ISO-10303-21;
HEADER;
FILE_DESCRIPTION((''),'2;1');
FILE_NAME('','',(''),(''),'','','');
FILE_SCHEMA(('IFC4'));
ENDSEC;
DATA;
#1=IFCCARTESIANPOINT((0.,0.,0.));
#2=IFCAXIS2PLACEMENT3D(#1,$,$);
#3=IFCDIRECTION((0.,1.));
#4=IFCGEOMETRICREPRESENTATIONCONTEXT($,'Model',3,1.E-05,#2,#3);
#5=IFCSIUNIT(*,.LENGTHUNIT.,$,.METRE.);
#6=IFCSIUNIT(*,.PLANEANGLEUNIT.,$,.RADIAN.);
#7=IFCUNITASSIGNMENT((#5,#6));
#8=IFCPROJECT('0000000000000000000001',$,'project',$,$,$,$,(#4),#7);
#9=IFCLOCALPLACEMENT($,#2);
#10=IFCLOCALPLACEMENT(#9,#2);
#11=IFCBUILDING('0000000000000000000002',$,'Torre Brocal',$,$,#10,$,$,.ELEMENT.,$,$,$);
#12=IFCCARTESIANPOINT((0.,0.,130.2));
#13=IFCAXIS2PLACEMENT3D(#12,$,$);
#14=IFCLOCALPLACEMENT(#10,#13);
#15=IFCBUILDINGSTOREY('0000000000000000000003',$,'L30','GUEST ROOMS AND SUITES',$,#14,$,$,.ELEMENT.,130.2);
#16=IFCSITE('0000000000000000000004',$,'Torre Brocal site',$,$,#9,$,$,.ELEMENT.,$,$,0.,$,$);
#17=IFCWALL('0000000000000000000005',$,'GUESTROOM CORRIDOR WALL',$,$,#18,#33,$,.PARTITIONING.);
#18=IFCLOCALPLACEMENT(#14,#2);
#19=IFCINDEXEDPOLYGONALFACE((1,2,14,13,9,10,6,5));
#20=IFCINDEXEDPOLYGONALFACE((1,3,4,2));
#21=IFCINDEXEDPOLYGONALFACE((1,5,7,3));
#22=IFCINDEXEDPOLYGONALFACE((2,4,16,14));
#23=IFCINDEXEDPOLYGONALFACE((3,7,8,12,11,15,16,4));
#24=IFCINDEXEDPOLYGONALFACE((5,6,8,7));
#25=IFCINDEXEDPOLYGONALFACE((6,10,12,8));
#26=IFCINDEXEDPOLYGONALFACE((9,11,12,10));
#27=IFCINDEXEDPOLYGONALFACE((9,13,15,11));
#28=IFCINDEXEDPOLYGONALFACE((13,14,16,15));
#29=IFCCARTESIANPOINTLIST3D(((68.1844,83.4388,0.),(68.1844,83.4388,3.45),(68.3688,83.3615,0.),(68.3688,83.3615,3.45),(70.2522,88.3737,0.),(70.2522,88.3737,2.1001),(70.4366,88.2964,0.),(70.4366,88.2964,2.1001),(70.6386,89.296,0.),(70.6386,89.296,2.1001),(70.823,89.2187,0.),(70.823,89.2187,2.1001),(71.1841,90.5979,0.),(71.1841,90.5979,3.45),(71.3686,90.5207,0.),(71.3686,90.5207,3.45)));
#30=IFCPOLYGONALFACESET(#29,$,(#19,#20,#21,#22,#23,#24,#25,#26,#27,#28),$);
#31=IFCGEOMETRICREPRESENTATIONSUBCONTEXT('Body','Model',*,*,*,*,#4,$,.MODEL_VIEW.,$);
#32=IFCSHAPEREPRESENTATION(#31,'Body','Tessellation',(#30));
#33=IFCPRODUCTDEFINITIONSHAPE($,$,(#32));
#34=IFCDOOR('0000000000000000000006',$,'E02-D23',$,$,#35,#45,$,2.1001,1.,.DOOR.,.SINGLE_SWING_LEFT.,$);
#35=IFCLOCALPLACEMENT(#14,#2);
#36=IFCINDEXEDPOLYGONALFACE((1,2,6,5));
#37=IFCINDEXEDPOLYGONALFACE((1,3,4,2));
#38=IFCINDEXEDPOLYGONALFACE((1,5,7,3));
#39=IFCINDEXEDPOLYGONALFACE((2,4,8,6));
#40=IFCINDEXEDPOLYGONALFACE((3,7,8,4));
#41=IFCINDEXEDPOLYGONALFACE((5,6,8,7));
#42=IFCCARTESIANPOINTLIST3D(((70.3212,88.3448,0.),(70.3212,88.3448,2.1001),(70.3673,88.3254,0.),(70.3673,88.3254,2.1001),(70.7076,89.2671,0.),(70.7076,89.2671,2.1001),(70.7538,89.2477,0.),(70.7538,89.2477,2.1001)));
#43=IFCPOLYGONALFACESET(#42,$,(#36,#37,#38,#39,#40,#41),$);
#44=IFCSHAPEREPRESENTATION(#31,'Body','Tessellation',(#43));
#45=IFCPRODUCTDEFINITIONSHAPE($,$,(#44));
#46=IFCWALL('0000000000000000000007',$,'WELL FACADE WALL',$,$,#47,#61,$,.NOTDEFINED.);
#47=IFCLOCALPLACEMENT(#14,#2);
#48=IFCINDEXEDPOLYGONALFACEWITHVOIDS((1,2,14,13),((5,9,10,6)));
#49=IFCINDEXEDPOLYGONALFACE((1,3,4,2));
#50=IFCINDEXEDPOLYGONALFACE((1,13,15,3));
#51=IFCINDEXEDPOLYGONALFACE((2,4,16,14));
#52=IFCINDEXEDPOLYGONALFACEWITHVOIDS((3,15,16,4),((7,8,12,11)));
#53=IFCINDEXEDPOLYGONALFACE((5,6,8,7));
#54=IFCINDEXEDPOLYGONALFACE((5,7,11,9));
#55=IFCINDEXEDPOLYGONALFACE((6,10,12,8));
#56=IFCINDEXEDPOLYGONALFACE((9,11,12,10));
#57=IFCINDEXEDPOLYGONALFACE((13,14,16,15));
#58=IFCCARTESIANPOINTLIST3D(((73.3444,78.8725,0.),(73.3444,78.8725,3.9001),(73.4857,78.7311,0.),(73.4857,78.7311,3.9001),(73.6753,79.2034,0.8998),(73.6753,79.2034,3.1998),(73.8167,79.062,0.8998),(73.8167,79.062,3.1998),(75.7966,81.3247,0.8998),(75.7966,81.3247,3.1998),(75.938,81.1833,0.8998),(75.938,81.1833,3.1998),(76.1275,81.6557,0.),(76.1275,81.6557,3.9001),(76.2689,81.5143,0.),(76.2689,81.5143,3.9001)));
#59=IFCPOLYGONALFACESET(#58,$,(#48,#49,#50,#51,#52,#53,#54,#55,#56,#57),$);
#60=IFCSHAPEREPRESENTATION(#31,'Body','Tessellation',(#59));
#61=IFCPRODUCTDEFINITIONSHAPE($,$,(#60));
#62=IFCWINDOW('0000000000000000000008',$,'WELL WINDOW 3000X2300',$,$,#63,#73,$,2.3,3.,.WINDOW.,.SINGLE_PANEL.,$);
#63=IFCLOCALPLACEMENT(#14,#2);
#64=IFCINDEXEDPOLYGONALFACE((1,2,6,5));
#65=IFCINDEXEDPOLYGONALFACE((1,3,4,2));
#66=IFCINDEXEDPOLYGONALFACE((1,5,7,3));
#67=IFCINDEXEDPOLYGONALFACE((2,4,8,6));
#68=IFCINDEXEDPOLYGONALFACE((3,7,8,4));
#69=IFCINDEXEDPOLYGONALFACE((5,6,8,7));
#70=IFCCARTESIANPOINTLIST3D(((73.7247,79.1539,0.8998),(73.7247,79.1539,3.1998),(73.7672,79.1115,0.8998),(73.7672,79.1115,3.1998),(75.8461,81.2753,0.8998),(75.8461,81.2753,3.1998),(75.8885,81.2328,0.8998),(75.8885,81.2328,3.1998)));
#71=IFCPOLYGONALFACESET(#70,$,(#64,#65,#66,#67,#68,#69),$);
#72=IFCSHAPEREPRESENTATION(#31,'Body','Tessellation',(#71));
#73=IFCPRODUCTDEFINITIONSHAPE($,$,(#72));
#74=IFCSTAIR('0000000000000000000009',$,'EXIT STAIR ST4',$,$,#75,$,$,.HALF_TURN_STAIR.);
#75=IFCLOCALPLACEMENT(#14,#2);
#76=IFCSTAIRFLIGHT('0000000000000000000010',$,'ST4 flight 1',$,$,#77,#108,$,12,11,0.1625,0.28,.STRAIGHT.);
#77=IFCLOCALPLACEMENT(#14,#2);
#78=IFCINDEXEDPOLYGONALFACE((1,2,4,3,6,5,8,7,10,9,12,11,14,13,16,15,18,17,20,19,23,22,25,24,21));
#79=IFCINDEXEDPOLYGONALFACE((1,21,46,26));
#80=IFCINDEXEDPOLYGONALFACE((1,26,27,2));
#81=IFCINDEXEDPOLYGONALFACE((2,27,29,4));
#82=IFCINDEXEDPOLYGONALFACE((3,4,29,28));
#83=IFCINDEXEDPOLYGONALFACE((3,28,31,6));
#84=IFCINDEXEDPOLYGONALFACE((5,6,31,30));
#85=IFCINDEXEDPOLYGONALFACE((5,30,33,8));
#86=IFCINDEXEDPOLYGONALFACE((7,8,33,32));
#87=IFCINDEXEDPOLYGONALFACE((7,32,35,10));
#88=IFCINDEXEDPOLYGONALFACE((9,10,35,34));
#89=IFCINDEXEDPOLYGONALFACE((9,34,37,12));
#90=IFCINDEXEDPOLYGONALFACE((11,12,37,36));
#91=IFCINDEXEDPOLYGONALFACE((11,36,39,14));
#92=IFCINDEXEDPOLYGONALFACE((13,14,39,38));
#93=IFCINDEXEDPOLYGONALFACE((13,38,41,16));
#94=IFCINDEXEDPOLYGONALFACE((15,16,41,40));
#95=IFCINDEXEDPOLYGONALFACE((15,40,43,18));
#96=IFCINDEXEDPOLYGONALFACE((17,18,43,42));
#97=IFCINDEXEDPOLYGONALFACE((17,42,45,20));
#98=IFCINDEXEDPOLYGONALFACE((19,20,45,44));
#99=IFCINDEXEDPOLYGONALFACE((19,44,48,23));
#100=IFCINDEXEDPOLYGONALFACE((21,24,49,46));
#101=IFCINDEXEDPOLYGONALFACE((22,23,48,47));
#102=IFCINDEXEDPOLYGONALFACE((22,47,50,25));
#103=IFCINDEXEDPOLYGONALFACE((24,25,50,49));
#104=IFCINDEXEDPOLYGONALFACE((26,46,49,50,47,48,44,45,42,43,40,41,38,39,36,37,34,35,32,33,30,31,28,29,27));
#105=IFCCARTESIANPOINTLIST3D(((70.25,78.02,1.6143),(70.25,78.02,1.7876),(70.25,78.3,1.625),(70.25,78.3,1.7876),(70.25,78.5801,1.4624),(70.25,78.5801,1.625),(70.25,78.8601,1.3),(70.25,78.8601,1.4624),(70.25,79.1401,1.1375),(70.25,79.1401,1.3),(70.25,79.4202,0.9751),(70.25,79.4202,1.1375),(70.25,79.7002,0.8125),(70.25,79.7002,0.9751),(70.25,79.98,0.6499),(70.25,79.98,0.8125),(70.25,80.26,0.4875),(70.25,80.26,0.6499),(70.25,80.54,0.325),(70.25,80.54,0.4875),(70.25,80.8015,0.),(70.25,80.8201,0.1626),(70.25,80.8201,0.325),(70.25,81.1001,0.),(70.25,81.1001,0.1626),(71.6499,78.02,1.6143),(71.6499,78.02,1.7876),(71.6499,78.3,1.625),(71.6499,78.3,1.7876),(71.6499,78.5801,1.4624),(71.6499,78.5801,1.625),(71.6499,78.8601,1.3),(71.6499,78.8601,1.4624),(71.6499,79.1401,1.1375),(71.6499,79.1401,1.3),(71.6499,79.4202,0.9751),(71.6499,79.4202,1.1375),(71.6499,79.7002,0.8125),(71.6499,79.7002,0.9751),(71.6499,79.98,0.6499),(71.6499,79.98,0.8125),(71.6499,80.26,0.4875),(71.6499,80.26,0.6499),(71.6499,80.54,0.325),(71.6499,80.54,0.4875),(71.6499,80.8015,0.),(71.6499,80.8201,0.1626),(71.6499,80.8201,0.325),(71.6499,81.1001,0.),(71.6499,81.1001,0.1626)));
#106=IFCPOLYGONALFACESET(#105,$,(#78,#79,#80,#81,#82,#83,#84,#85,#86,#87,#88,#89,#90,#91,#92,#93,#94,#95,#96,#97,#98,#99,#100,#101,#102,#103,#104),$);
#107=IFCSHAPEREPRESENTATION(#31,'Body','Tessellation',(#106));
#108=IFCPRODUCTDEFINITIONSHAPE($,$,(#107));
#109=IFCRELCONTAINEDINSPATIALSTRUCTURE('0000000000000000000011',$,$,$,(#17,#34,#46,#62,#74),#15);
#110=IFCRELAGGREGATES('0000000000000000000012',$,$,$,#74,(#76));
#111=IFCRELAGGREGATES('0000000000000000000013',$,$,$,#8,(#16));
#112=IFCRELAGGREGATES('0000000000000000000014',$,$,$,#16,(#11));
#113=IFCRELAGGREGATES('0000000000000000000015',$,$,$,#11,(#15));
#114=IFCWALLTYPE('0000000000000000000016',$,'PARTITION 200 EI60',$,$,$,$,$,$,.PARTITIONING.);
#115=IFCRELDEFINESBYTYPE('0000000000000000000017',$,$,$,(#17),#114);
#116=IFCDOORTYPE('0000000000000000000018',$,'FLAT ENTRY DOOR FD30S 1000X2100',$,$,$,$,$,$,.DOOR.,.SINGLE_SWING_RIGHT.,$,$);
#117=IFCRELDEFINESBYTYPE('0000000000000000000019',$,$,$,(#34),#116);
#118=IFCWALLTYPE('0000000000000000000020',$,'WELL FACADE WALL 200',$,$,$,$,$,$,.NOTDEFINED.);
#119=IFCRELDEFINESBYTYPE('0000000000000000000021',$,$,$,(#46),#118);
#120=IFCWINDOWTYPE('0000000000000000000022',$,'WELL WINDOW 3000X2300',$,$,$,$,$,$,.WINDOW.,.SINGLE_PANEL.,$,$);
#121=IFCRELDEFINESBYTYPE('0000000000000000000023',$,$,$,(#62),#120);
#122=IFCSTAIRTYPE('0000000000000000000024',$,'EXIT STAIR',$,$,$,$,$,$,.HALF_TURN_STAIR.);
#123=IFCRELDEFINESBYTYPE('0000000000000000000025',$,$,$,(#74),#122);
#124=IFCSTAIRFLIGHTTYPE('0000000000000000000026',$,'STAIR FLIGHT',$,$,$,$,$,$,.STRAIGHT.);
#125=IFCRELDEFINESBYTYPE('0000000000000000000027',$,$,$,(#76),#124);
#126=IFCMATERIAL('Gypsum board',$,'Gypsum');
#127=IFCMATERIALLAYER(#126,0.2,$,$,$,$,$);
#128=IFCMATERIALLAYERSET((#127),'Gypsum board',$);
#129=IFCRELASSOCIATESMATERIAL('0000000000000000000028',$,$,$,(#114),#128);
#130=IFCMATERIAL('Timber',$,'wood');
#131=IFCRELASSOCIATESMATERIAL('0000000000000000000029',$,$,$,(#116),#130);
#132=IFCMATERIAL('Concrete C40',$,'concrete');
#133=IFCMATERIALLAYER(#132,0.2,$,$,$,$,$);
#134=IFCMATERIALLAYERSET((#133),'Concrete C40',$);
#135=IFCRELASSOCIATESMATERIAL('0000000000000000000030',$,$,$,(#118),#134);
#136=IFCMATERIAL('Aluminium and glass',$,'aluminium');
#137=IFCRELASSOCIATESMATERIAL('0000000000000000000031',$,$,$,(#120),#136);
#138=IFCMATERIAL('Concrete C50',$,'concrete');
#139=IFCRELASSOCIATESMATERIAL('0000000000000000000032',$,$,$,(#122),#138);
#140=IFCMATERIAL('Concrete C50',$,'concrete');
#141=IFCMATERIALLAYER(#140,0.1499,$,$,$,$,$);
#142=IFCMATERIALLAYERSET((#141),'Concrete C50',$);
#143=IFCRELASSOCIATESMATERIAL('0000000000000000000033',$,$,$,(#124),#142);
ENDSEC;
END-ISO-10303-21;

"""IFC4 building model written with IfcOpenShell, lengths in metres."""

from ifc_helpers import new_model, si_unit, direction, frame, frame_2d, origin, place, context, subcontext, project, spatial, polyline, rectangle, outline, extrude, material, layer, layer_set, type_object, element, fill, aggregate, save


model = new_model("IFC4")

# Units and contexts
model_context = context("Model", 3, precision=1e-05, world=origin(), true_north=direction((0.0, 1.0)))
body_context = subcontext(model_context, "Body", "Model", "MODEL_VIEW")
ifc_project = project(units=[si_unit("LENGTHUNIT", "METRE"), si_unit("PLANEANGLEUNIT", "RADIAN")], contexts=[model_context])

# Site, building, storey
site_placement = place(None, origin())
site = spatial("IfcSite", under=ifc_project, at=site_placement, Name="Torre Brocal site", CompositionType="ELEMENT", RefElevation=0.0)
building_placement = place(site_placement, origin())
building = spatial("IfcBuilding", under=site, at=building_placement, Name="Torre Brocal", CompositionType="ELEMENT")
storey_placement = place(building_placement, frame((0.0, 0.0, 130.2)))
storey = spatial("IfcBuildingStorey", under=building, at=storey_placement, Name="L30", Description="GUEST ROOMS AND SUITES", CompositionType="ELEMENT", Elevation=130.2)

# Wall, opening, door
ifc_material_1 = material(Name="Gypsum board", Category="Gypsum")
ifc_layer_1 = layer(ifc_material_1, 0.2)
ifc_layer_set_1 = layer_set([ifc_layer_1], Name="Gypsum board")
wall_type_1 = type_object("IfcWallType", Name="PARTITION 200 EI60", PredefinedType="PARTITIONING", material=ifc_layer_set_1)
ifc_material_2 = material(Name="Timber", Category="wood")
door_type_1 = type_object("IfcDoorType", Name="FLAT ENTRY DOOR FD30S 1000X2100", OperationType="SINGLE_SWING_RIGHT", PredefinedType="DOOR", material=ifc_material_2)
wall_1_placement = place(storey_placement, frame((68.2766, 83.4001, 0.0), z_axis=(0.0, 0.0, 1.0), x_axis=(0.386455, 0.922308, 0.0)))
wall_1 = element("IfcWall", 1, at=wall_1_placement, inside=storey, type_object=wall_type_1, Name="GUESTROOM CORRIDOR WALL", PredefinedType="PARTITIONING", context=body_context, shape_type="SweptSolid", body=[
    extrude(rectangle(XDim=7.7622, YDim=0.2, at=frame_2d((3.8811, 0.0))), origin(), (0.0, 0.0, 1.0), 3.45),
])
opening_1_placement = place(wall_1_placement, frame((5.3506, 0.0, 0.0)))
opening_1 = element("IfcOpeningElement", 2, at=opening_1_placement, cuts=wall_1, PredefinedType="OPENING", context=body_context, shape_type="SweptSolid", body=[
    extrude(rectangle(XDim=1.0, YDim=2.1001, at=frame_2d((0.5, 1.05))), frame((0.0, 0.1099, 0.0), z_axis=(0.0, -1.0, 0.0), x_axis=(1.0, 0.0, 0.0)), (0.0, 0.0, 1.0), 0.22),
])
door_1_placement = place(opening_1_placement, frame((1.0, 0.0, 0.0), z_axis=(0.0, 0.0, 1.0), x_axis=(-1.0, 0.0, 0.0)))
door_1 = element("IfcDoor", 3, at=door_1_placement, inside=storey, type_object=door_type_1, Name="E02-D23", OperationType="SINGLE_SWING_LEFT", OverallHeight=2.1001, OverallWidth=1.0, PredefinedType="DOOR", context=body_context, shape_type="SweptSolid", body=[
    extrude(rectangle(XDim=1.0, YDim=2.1001, at=frame_2d((0.5, 1.05))), frame((0.0, 0.0249, 0.0), z_axis=(0.0, -1.0, 0.0), x_axis=(1.0, 0.0, 0.0)), (0.0, 0.0, 1.0), 0.05),
])
fill(opening_1, door_1)

# Wall, opening, window
ifc_material_3 = material(Name="Concrete C40", Category="concrete")
ifc_layer_2 = layer(ifc_material_3, 0.2)
ifc_layer_set_2 = layer_set([ifc_layer_2], Name="Concrete C40")
wall_type_2 = type_object("IfcWallType", Name="WELL FACADE WALL 200", PredefinedType="NOTDEFINED", material=ifc_layer_set_2)
wall_2_placement = place(storey_placement, frame((76.1982, 81.585, 0.0), z_axis=(0.0, 0.0, 1.0), x_axis=(-0.707107, -0.707107, 0.0)))
wall_2 = element("IfcWall", 4, at=wall_2_placement, inside=storey, type_object=wall_type_2, Name="WELL FACADE WALL", PredefinedType="NOTDEFINED", context=body_context, shape_type="SweptSolid", body=[
    extrude(rectangle(XDim=3.936, YDim=0.2, at=frame_2d((1.968, 0.0))), origin(), (0.0, 0.0, 1.0), 3.9001),
])
opening_2_placement = place(wall_2_placement, frame((0.468, 0.0, 0.8999)))
opening_2 = element("IfcOpeningElement", 5, at=opening_2_placement, cuts=wall_2, PredefinedType="OPENING", context=body_context, shape_type="SweptSolid", body=[
    extrude(rectangle(XDim=3.0, YDim=2.3, at=frame_2d((1.5, 1.1499))), frame((0.0, 0.1099, 0.0), z_axis=(0.0, -1.0, 0.0), x_axis=(1.0, 0.0, 0.0)), (0.0, 0.0, 1.0), 0.22),
])
ifc_material_4 = material(Name="Aluminium and glass", Category="aluminium")
window_type = type_object("IfcWindowType", Name="WELL WINDOW 3000X2300", PartitioningType="SINGLE_PANEL", PredefinedType="WINDOW", material=ifc_material_4)
window_placement = place(opening_2_placement, origin())
window = element("IfcWindow", 6, at=window_placement, inside=storey, type_object=window_type, Name="WELL WINDOW 3000X2300", OverallHeight=2.3, OverallWidth=3.0, PartitioningType="SINGLE_PANEL", PredefinedType="WINDOW", context=body_context, shape_type="SweptSolid", body=[
    extrude(rectangle(XDim=3.0, YDim=2.3, at=frame_2d((1.5, 1.1499))), frame((0.0, 0.03, 0.0), z_axis=(0.0, -1.0, 0.0), x_axis=(1.0, 0.0, 0.0)), (0.0, 0.0, 1.0), 0.0601),
])
fill(opening_2, window)

# Stair, stair flight
ifc_material_5 = material(Name="Concrete C50", Category="concrete")
stair_type = type_object("IfcStairType", Name="EXIT STAIR", PredefinedType="HALF_TURN_STAIR", material=ifc_material_5)
stair_placement = place(storey_placement, origin())
stair = element("IfcStair", 7, at=stair_placement, inside=storey, type_object=stair_type, Name="EXIT STAIR ST4", PredefinedType="HALF_TURN_STAIR")
ifc_material_6 = material(Name="Concrete C50", Category="concrete")
ifc_layer_3 = layer(ifc_material_6, 0.1499)
ifc_layer_set_3 = layer_set([ifc_layer_3], Name="Concrete C50")
stair_flight_type = type_object("IfcStairFlightType", Name="STAIR FLIGHT", PredefinedType="STRAIGHT", material=ifc_layer_set_3)
stair_flight_placement = place(storey_placement, frame((70.95, 81.1001, 0.0), z_axis=(0.0, 0.0, 1.0), x_axis=(0.0, -1.0, 0.0)))
stair_flight = element("IfcStairFlight", 8, at=stair_flight_placement, type_object=stair_flight_type, Name="ST4 flight 1", NumberOfRisers=12, NumberOfTreads=11, PredefinedType="STRAIGHT", RiserHeight=0.1625, TreadLength=0.28, context=body_context, shape_type="SweptSolid", body=[
    extrude(outline(polyline([(0.0, 0.0), (0.0, 0.1626), (0.28, 0.1626), (0.28, 0.325), (0.5601, 0.325), (0.5601, 0.4875), (0.8401, 0.4875), (0.8401, 0.6499), (1.1201, 0.6499), (1.1201, 0.8125), (1.3999, 0.8125), (1.3999, 0.9751), (1.6799, 0.9751), (1.6799, 1.1375), (1.96, 1.1375), (1.96, 1.3), (2.24, 1.3), (2.24, 1.4624), (2.52, 1.4624), (2.52, 1.625), (2.8, 1.625), (2.8, 1.7876), (3.0801, 1.7876), (3.0801, 1.95), (3.0801, 1.6143), (0.2986, 0.0), (0.0, 0.0)])), frame((0.0, 0.7, 0.0), z_axis=(0.0, -1.0, 0.0), x_axis=(1.0, 0.0, 0.0)), (0.0, 0.0, 1.0), 1.3999),
])
aggregate(stair, [stair_flight])

save(model, "model.ifc")
